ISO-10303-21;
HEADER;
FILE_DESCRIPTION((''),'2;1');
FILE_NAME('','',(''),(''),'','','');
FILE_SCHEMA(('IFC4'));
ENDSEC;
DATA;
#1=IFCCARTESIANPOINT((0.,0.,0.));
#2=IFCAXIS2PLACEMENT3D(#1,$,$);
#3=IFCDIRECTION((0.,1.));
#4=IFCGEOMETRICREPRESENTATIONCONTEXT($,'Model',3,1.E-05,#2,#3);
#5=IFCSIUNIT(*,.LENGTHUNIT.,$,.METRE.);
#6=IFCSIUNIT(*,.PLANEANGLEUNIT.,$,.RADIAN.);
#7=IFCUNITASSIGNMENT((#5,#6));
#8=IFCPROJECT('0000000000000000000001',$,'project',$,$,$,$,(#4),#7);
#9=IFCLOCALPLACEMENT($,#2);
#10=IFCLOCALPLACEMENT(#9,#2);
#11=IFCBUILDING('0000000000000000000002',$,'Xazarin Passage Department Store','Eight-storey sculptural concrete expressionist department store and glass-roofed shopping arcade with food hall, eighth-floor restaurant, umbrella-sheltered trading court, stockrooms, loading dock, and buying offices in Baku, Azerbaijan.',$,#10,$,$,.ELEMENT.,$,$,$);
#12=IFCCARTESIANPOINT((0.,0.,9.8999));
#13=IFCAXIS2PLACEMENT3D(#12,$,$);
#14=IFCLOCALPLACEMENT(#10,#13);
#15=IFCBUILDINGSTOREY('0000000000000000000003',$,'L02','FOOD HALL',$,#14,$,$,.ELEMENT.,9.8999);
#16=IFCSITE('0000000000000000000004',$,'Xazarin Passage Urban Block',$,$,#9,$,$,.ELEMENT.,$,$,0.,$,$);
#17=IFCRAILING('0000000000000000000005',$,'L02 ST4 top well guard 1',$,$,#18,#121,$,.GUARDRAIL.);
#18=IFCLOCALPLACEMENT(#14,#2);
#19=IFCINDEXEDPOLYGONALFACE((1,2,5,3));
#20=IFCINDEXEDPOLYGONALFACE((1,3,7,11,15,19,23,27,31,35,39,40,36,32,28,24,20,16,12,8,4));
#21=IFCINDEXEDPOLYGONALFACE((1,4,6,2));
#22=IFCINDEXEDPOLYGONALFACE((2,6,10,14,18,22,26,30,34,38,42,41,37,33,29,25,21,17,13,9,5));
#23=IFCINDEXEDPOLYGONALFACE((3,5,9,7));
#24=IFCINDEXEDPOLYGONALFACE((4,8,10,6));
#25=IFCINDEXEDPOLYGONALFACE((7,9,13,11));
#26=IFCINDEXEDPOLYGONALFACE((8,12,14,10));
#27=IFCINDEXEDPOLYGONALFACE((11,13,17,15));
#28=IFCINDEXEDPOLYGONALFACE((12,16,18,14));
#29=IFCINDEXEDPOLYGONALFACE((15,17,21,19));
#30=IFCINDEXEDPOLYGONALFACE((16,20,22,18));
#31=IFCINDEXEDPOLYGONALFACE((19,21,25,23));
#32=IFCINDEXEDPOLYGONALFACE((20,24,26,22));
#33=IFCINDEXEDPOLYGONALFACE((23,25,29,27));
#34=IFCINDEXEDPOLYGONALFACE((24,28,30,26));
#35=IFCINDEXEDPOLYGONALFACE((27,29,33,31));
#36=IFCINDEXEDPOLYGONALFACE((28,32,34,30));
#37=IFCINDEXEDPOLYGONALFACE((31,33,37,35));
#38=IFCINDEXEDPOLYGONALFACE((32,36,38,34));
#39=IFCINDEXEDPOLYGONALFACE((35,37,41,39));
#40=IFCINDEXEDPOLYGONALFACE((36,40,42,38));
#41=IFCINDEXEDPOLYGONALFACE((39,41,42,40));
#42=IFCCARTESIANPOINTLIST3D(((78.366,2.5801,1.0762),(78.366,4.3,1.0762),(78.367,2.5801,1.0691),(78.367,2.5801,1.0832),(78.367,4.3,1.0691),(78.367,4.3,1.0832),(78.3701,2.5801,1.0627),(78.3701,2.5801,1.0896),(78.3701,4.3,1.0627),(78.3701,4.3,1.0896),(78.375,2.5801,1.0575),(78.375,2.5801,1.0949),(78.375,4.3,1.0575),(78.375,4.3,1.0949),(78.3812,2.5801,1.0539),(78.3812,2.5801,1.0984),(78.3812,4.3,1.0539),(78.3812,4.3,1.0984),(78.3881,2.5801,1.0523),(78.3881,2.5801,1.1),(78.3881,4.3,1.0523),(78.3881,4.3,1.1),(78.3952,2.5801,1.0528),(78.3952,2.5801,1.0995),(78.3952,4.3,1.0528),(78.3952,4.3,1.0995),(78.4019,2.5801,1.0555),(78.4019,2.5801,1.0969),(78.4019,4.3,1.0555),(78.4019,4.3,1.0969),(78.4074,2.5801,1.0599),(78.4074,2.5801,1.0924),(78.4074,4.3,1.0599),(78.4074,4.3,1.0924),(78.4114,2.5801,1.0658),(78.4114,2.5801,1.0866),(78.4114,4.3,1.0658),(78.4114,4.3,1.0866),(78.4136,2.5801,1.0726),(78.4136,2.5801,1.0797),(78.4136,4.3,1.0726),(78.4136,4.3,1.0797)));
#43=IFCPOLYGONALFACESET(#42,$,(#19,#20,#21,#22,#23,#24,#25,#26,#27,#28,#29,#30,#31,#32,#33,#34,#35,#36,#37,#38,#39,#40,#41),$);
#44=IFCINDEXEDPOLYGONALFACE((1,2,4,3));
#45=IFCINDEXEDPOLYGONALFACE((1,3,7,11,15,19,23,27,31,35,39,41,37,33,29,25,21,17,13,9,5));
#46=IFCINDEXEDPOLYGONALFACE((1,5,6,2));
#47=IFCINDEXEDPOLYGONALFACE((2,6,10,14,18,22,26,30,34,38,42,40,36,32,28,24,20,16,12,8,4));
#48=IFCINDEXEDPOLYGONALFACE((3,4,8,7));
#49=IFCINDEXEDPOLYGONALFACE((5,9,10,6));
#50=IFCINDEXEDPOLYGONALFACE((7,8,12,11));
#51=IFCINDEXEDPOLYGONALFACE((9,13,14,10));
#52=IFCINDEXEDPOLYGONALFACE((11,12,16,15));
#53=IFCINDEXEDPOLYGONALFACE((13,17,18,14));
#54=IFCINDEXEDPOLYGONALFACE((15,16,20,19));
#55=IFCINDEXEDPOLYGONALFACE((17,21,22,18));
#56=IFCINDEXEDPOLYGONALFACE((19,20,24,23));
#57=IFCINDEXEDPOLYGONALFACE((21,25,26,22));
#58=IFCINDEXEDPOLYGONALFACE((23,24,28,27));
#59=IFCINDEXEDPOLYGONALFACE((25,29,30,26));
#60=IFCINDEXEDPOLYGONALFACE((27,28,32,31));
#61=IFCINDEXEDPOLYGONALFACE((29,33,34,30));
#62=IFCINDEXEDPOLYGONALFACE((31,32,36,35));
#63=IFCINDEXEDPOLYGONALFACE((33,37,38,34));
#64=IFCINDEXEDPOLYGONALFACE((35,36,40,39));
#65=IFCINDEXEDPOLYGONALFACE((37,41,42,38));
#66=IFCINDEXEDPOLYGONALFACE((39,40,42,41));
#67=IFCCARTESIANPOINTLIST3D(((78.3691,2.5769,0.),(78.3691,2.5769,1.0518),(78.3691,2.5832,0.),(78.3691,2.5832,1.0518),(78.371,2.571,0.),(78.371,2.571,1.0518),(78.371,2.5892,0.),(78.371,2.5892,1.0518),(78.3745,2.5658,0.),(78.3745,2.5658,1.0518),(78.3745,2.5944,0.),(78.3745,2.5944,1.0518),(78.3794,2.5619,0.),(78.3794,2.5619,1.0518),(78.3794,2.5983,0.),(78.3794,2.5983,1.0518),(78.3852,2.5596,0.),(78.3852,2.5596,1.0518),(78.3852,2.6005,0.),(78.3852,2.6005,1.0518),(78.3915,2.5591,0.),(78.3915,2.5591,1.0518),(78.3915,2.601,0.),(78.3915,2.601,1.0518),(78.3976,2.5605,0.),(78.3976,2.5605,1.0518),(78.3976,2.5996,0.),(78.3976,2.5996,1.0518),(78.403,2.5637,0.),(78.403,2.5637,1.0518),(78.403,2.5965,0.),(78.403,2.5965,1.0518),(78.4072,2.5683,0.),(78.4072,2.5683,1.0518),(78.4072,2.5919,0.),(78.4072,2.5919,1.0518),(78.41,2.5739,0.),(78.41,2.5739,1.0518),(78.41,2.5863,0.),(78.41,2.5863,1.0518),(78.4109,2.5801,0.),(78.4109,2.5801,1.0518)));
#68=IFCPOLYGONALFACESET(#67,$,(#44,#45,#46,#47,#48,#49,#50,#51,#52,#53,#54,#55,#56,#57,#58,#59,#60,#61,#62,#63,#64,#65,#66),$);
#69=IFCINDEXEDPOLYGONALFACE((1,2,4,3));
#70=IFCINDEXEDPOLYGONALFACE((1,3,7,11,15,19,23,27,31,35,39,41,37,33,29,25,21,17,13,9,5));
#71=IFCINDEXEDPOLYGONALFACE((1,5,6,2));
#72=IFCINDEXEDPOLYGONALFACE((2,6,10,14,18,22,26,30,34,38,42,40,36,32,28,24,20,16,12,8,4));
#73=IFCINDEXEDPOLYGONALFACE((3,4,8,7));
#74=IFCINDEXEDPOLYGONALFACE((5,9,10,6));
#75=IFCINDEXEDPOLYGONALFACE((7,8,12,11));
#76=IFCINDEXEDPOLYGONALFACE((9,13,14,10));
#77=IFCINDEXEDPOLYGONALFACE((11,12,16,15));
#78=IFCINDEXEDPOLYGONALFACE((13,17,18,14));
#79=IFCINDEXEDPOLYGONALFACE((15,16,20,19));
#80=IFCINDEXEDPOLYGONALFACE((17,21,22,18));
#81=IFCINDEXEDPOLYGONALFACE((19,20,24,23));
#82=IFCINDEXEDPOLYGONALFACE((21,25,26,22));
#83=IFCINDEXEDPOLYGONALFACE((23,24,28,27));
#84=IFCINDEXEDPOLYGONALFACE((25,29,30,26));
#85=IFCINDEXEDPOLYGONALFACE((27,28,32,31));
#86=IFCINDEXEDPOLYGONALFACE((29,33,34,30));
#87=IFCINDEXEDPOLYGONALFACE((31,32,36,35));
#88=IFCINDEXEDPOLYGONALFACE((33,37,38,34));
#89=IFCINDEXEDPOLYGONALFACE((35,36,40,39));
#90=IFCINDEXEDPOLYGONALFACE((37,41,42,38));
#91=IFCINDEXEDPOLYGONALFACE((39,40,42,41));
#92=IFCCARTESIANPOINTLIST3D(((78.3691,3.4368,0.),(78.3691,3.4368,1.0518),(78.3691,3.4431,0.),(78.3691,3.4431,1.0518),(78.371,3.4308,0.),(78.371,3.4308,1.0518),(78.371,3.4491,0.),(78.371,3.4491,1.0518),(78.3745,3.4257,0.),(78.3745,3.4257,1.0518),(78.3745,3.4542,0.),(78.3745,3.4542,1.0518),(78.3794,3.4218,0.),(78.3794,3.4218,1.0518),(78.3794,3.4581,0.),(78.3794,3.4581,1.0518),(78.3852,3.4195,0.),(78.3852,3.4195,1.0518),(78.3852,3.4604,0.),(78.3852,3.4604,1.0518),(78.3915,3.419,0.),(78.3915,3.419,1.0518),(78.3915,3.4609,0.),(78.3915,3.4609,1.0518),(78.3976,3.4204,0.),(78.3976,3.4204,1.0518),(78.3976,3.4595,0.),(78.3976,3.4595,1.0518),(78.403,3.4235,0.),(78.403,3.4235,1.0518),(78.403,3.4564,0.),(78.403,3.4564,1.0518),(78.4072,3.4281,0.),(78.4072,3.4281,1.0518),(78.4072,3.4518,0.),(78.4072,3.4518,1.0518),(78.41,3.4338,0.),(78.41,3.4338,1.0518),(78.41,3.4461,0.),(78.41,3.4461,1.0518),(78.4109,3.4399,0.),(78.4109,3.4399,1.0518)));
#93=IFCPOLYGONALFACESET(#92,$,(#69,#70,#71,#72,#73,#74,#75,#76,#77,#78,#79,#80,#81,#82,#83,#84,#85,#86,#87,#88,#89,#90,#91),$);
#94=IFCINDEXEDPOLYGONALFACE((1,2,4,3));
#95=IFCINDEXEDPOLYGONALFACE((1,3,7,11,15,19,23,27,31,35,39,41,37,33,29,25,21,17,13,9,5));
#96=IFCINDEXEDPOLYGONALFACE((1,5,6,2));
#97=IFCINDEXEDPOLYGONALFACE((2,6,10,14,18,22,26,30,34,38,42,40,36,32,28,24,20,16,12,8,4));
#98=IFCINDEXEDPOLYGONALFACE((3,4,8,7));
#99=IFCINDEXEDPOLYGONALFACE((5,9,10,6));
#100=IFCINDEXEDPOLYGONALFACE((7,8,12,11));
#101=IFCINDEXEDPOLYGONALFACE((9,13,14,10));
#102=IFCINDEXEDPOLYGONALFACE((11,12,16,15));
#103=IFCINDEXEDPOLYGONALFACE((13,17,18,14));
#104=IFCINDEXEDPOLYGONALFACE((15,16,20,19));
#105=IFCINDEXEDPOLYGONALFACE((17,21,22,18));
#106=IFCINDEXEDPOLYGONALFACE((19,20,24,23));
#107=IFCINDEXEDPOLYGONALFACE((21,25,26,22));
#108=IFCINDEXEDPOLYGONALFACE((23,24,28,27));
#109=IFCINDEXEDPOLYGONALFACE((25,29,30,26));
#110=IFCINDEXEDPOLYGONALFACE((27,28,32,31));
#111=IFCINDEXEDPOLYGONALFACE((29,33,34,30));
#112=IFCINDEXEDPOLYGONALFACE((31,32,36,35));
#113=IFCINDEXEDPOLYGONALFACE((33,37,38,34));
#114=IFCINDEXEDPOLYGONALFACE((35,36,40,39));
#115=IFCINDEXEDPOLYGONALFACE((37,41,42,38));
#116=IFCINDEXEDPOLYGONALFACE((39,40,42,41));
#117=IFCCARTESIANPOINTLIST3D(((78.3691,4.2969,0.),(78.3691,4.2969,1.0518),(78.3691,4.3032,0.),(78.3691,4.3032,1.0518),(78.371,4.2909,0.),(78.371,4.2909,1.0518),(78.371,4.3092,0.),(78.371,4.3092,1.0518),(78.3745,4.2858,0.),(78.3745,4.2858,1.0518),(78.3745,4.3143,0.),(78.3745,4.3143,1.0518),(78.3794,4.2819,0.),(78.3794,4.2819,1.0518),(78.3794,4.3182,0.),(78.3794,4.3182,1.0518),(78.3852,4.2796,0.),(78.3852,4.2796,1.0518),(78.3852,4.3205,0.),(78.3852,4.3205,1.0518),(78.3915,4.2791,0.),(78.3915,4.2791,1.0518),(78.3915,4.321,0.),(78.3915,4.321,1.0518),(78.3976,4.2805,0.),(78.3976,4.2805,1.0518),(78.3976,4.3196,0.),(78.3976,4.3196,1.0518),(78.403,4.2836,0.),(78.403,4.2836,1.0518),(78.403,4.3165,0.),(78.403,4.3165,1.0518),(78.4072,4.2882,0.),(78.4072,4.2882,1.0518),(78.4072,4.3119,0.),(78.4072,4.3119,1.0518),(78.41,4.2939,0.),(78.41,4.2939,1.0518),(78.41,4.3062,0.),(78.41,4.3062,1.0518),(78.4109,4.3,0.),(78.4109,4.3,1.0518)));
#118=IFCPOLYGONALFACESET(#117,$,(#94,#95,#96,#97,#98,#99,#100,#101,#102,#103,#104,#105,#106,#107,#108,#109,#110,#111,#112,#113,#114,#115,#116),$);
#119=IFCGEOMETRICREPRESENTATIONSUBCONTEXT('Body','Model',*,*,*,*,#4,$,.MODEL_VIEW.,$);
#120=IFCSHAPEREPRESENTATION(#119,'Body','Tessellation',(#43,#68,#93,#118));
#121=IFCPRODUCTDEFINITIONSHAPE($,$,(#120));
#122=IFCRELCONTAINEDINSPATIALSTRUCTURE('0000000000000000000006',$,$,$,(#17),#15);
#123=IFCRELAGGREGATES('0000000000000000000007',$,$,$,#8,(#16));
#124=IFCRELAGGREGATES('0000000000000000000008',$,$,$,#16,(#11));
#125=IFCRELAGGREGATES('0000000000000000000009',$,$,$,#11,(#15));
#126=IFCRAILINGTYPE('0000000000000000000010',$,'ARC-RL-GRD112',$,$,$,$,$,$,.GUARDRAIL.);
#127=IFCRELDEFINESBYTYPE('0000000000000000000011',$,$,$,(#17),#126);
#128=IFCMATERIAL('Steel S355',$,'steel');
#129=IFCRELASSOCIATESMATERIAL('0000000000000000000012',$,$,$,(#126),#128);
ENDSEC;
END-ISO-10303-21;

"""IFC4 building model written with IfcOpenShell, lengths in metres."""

from ifc_helpers import new_model, si_unit, direction, frame, origin, origin_2d, place, context, subcontext, project, spatial, circle, extrude, material, type_object, element, save


model = new_model("IFC4")

# Units and contexts
model_context = context("Model", 3, precision=1e-05, world=origin(), true_north=direction((0.0, 1.0)))
body_context = subcontext(model_context, "Body", "Model", "MODEL_VIEW")
ifc_project = project(units=[si_unit("LENGTHUNIT", "METRE"), si_unit("PLANEANGLEUNIT", "RADIAN")], contexts=[model_context])

# Site, building, storey
site_placement = place(None, origin())
site = spatial("IfcSite", under=ifc_project, at=site_placement, Name="Xazarin Passage Urban Block", CompositionType="ELEMENT", RefElevation=0.0)
building_placement = place(site_placement, origin())
building = spatial("IfcBuilding", under=site, at=building_placement, Name="Xazarin Passage Department Store", Description="Eight-storey sculptural concrete expressionist department store and glass-roofed shopping arcade with food hall, eighth-floor restaurant, umbrella-sheltered trading court, stockrooms, loading dock, and buying offices in Baku, Azerbaijan.", CompositionType="ELEMENT")
storey_placement = place(building_placement, frame((0.0, 0.0, 9.8999)))
storey = spatial("IfcBuildingStorey", under=building, at=storey_placement, Name="L02", Description="FOOD HALL", CompositionType="ELEMENT", Elevation=9.8999)

# Shared definitions
ifc_material_1 = material(Name="Steel S355", Category="steel")

# Railing
railing_type = type_object("IfcRailingType", Name="ARC-RL-GRD112", PredefinedType="GUARDRAIL", material=ifc_material_1)
railing_placement = place(storey_placement, frame((78.3899, 2.5801, 0.0)))
element("IfcRailing", 1, at=railing_placement, inside=storey, type_object=railing_type, Name="L02 ST4 top well guard 1", PredefinedType="GUARDRAIL", context=body_context, shape_type="SweptSolid", body=[
    extrude(circle(Radius=0.0239, at=origin_2d()), frame((0.0, 0.0, 1.0762), z_axis=(0.0, 1.0, 0.0), x_axis=(-1.0, 0.0, 0.0)), (0.0, 0.0, 1.0), 1.72),
    extrude(circle(Radius=0.021, at=origin_2d()), origin(), (0.0, 0.0, 1.0), 1.0518),
    extrude(circle(Radius=0.021, at=origin_2d()), frame((0.0, 0.8599, 0.0)), (0.0, 0.0, 1.0), 1.0518),
    extrude(circle(Radius=0.021, at=origin_2d()), frame((0.0, 1.72, 0.0)), (0.0, 0.0, 1.0), 1.0518),
])

save(model, "model.ifc")
